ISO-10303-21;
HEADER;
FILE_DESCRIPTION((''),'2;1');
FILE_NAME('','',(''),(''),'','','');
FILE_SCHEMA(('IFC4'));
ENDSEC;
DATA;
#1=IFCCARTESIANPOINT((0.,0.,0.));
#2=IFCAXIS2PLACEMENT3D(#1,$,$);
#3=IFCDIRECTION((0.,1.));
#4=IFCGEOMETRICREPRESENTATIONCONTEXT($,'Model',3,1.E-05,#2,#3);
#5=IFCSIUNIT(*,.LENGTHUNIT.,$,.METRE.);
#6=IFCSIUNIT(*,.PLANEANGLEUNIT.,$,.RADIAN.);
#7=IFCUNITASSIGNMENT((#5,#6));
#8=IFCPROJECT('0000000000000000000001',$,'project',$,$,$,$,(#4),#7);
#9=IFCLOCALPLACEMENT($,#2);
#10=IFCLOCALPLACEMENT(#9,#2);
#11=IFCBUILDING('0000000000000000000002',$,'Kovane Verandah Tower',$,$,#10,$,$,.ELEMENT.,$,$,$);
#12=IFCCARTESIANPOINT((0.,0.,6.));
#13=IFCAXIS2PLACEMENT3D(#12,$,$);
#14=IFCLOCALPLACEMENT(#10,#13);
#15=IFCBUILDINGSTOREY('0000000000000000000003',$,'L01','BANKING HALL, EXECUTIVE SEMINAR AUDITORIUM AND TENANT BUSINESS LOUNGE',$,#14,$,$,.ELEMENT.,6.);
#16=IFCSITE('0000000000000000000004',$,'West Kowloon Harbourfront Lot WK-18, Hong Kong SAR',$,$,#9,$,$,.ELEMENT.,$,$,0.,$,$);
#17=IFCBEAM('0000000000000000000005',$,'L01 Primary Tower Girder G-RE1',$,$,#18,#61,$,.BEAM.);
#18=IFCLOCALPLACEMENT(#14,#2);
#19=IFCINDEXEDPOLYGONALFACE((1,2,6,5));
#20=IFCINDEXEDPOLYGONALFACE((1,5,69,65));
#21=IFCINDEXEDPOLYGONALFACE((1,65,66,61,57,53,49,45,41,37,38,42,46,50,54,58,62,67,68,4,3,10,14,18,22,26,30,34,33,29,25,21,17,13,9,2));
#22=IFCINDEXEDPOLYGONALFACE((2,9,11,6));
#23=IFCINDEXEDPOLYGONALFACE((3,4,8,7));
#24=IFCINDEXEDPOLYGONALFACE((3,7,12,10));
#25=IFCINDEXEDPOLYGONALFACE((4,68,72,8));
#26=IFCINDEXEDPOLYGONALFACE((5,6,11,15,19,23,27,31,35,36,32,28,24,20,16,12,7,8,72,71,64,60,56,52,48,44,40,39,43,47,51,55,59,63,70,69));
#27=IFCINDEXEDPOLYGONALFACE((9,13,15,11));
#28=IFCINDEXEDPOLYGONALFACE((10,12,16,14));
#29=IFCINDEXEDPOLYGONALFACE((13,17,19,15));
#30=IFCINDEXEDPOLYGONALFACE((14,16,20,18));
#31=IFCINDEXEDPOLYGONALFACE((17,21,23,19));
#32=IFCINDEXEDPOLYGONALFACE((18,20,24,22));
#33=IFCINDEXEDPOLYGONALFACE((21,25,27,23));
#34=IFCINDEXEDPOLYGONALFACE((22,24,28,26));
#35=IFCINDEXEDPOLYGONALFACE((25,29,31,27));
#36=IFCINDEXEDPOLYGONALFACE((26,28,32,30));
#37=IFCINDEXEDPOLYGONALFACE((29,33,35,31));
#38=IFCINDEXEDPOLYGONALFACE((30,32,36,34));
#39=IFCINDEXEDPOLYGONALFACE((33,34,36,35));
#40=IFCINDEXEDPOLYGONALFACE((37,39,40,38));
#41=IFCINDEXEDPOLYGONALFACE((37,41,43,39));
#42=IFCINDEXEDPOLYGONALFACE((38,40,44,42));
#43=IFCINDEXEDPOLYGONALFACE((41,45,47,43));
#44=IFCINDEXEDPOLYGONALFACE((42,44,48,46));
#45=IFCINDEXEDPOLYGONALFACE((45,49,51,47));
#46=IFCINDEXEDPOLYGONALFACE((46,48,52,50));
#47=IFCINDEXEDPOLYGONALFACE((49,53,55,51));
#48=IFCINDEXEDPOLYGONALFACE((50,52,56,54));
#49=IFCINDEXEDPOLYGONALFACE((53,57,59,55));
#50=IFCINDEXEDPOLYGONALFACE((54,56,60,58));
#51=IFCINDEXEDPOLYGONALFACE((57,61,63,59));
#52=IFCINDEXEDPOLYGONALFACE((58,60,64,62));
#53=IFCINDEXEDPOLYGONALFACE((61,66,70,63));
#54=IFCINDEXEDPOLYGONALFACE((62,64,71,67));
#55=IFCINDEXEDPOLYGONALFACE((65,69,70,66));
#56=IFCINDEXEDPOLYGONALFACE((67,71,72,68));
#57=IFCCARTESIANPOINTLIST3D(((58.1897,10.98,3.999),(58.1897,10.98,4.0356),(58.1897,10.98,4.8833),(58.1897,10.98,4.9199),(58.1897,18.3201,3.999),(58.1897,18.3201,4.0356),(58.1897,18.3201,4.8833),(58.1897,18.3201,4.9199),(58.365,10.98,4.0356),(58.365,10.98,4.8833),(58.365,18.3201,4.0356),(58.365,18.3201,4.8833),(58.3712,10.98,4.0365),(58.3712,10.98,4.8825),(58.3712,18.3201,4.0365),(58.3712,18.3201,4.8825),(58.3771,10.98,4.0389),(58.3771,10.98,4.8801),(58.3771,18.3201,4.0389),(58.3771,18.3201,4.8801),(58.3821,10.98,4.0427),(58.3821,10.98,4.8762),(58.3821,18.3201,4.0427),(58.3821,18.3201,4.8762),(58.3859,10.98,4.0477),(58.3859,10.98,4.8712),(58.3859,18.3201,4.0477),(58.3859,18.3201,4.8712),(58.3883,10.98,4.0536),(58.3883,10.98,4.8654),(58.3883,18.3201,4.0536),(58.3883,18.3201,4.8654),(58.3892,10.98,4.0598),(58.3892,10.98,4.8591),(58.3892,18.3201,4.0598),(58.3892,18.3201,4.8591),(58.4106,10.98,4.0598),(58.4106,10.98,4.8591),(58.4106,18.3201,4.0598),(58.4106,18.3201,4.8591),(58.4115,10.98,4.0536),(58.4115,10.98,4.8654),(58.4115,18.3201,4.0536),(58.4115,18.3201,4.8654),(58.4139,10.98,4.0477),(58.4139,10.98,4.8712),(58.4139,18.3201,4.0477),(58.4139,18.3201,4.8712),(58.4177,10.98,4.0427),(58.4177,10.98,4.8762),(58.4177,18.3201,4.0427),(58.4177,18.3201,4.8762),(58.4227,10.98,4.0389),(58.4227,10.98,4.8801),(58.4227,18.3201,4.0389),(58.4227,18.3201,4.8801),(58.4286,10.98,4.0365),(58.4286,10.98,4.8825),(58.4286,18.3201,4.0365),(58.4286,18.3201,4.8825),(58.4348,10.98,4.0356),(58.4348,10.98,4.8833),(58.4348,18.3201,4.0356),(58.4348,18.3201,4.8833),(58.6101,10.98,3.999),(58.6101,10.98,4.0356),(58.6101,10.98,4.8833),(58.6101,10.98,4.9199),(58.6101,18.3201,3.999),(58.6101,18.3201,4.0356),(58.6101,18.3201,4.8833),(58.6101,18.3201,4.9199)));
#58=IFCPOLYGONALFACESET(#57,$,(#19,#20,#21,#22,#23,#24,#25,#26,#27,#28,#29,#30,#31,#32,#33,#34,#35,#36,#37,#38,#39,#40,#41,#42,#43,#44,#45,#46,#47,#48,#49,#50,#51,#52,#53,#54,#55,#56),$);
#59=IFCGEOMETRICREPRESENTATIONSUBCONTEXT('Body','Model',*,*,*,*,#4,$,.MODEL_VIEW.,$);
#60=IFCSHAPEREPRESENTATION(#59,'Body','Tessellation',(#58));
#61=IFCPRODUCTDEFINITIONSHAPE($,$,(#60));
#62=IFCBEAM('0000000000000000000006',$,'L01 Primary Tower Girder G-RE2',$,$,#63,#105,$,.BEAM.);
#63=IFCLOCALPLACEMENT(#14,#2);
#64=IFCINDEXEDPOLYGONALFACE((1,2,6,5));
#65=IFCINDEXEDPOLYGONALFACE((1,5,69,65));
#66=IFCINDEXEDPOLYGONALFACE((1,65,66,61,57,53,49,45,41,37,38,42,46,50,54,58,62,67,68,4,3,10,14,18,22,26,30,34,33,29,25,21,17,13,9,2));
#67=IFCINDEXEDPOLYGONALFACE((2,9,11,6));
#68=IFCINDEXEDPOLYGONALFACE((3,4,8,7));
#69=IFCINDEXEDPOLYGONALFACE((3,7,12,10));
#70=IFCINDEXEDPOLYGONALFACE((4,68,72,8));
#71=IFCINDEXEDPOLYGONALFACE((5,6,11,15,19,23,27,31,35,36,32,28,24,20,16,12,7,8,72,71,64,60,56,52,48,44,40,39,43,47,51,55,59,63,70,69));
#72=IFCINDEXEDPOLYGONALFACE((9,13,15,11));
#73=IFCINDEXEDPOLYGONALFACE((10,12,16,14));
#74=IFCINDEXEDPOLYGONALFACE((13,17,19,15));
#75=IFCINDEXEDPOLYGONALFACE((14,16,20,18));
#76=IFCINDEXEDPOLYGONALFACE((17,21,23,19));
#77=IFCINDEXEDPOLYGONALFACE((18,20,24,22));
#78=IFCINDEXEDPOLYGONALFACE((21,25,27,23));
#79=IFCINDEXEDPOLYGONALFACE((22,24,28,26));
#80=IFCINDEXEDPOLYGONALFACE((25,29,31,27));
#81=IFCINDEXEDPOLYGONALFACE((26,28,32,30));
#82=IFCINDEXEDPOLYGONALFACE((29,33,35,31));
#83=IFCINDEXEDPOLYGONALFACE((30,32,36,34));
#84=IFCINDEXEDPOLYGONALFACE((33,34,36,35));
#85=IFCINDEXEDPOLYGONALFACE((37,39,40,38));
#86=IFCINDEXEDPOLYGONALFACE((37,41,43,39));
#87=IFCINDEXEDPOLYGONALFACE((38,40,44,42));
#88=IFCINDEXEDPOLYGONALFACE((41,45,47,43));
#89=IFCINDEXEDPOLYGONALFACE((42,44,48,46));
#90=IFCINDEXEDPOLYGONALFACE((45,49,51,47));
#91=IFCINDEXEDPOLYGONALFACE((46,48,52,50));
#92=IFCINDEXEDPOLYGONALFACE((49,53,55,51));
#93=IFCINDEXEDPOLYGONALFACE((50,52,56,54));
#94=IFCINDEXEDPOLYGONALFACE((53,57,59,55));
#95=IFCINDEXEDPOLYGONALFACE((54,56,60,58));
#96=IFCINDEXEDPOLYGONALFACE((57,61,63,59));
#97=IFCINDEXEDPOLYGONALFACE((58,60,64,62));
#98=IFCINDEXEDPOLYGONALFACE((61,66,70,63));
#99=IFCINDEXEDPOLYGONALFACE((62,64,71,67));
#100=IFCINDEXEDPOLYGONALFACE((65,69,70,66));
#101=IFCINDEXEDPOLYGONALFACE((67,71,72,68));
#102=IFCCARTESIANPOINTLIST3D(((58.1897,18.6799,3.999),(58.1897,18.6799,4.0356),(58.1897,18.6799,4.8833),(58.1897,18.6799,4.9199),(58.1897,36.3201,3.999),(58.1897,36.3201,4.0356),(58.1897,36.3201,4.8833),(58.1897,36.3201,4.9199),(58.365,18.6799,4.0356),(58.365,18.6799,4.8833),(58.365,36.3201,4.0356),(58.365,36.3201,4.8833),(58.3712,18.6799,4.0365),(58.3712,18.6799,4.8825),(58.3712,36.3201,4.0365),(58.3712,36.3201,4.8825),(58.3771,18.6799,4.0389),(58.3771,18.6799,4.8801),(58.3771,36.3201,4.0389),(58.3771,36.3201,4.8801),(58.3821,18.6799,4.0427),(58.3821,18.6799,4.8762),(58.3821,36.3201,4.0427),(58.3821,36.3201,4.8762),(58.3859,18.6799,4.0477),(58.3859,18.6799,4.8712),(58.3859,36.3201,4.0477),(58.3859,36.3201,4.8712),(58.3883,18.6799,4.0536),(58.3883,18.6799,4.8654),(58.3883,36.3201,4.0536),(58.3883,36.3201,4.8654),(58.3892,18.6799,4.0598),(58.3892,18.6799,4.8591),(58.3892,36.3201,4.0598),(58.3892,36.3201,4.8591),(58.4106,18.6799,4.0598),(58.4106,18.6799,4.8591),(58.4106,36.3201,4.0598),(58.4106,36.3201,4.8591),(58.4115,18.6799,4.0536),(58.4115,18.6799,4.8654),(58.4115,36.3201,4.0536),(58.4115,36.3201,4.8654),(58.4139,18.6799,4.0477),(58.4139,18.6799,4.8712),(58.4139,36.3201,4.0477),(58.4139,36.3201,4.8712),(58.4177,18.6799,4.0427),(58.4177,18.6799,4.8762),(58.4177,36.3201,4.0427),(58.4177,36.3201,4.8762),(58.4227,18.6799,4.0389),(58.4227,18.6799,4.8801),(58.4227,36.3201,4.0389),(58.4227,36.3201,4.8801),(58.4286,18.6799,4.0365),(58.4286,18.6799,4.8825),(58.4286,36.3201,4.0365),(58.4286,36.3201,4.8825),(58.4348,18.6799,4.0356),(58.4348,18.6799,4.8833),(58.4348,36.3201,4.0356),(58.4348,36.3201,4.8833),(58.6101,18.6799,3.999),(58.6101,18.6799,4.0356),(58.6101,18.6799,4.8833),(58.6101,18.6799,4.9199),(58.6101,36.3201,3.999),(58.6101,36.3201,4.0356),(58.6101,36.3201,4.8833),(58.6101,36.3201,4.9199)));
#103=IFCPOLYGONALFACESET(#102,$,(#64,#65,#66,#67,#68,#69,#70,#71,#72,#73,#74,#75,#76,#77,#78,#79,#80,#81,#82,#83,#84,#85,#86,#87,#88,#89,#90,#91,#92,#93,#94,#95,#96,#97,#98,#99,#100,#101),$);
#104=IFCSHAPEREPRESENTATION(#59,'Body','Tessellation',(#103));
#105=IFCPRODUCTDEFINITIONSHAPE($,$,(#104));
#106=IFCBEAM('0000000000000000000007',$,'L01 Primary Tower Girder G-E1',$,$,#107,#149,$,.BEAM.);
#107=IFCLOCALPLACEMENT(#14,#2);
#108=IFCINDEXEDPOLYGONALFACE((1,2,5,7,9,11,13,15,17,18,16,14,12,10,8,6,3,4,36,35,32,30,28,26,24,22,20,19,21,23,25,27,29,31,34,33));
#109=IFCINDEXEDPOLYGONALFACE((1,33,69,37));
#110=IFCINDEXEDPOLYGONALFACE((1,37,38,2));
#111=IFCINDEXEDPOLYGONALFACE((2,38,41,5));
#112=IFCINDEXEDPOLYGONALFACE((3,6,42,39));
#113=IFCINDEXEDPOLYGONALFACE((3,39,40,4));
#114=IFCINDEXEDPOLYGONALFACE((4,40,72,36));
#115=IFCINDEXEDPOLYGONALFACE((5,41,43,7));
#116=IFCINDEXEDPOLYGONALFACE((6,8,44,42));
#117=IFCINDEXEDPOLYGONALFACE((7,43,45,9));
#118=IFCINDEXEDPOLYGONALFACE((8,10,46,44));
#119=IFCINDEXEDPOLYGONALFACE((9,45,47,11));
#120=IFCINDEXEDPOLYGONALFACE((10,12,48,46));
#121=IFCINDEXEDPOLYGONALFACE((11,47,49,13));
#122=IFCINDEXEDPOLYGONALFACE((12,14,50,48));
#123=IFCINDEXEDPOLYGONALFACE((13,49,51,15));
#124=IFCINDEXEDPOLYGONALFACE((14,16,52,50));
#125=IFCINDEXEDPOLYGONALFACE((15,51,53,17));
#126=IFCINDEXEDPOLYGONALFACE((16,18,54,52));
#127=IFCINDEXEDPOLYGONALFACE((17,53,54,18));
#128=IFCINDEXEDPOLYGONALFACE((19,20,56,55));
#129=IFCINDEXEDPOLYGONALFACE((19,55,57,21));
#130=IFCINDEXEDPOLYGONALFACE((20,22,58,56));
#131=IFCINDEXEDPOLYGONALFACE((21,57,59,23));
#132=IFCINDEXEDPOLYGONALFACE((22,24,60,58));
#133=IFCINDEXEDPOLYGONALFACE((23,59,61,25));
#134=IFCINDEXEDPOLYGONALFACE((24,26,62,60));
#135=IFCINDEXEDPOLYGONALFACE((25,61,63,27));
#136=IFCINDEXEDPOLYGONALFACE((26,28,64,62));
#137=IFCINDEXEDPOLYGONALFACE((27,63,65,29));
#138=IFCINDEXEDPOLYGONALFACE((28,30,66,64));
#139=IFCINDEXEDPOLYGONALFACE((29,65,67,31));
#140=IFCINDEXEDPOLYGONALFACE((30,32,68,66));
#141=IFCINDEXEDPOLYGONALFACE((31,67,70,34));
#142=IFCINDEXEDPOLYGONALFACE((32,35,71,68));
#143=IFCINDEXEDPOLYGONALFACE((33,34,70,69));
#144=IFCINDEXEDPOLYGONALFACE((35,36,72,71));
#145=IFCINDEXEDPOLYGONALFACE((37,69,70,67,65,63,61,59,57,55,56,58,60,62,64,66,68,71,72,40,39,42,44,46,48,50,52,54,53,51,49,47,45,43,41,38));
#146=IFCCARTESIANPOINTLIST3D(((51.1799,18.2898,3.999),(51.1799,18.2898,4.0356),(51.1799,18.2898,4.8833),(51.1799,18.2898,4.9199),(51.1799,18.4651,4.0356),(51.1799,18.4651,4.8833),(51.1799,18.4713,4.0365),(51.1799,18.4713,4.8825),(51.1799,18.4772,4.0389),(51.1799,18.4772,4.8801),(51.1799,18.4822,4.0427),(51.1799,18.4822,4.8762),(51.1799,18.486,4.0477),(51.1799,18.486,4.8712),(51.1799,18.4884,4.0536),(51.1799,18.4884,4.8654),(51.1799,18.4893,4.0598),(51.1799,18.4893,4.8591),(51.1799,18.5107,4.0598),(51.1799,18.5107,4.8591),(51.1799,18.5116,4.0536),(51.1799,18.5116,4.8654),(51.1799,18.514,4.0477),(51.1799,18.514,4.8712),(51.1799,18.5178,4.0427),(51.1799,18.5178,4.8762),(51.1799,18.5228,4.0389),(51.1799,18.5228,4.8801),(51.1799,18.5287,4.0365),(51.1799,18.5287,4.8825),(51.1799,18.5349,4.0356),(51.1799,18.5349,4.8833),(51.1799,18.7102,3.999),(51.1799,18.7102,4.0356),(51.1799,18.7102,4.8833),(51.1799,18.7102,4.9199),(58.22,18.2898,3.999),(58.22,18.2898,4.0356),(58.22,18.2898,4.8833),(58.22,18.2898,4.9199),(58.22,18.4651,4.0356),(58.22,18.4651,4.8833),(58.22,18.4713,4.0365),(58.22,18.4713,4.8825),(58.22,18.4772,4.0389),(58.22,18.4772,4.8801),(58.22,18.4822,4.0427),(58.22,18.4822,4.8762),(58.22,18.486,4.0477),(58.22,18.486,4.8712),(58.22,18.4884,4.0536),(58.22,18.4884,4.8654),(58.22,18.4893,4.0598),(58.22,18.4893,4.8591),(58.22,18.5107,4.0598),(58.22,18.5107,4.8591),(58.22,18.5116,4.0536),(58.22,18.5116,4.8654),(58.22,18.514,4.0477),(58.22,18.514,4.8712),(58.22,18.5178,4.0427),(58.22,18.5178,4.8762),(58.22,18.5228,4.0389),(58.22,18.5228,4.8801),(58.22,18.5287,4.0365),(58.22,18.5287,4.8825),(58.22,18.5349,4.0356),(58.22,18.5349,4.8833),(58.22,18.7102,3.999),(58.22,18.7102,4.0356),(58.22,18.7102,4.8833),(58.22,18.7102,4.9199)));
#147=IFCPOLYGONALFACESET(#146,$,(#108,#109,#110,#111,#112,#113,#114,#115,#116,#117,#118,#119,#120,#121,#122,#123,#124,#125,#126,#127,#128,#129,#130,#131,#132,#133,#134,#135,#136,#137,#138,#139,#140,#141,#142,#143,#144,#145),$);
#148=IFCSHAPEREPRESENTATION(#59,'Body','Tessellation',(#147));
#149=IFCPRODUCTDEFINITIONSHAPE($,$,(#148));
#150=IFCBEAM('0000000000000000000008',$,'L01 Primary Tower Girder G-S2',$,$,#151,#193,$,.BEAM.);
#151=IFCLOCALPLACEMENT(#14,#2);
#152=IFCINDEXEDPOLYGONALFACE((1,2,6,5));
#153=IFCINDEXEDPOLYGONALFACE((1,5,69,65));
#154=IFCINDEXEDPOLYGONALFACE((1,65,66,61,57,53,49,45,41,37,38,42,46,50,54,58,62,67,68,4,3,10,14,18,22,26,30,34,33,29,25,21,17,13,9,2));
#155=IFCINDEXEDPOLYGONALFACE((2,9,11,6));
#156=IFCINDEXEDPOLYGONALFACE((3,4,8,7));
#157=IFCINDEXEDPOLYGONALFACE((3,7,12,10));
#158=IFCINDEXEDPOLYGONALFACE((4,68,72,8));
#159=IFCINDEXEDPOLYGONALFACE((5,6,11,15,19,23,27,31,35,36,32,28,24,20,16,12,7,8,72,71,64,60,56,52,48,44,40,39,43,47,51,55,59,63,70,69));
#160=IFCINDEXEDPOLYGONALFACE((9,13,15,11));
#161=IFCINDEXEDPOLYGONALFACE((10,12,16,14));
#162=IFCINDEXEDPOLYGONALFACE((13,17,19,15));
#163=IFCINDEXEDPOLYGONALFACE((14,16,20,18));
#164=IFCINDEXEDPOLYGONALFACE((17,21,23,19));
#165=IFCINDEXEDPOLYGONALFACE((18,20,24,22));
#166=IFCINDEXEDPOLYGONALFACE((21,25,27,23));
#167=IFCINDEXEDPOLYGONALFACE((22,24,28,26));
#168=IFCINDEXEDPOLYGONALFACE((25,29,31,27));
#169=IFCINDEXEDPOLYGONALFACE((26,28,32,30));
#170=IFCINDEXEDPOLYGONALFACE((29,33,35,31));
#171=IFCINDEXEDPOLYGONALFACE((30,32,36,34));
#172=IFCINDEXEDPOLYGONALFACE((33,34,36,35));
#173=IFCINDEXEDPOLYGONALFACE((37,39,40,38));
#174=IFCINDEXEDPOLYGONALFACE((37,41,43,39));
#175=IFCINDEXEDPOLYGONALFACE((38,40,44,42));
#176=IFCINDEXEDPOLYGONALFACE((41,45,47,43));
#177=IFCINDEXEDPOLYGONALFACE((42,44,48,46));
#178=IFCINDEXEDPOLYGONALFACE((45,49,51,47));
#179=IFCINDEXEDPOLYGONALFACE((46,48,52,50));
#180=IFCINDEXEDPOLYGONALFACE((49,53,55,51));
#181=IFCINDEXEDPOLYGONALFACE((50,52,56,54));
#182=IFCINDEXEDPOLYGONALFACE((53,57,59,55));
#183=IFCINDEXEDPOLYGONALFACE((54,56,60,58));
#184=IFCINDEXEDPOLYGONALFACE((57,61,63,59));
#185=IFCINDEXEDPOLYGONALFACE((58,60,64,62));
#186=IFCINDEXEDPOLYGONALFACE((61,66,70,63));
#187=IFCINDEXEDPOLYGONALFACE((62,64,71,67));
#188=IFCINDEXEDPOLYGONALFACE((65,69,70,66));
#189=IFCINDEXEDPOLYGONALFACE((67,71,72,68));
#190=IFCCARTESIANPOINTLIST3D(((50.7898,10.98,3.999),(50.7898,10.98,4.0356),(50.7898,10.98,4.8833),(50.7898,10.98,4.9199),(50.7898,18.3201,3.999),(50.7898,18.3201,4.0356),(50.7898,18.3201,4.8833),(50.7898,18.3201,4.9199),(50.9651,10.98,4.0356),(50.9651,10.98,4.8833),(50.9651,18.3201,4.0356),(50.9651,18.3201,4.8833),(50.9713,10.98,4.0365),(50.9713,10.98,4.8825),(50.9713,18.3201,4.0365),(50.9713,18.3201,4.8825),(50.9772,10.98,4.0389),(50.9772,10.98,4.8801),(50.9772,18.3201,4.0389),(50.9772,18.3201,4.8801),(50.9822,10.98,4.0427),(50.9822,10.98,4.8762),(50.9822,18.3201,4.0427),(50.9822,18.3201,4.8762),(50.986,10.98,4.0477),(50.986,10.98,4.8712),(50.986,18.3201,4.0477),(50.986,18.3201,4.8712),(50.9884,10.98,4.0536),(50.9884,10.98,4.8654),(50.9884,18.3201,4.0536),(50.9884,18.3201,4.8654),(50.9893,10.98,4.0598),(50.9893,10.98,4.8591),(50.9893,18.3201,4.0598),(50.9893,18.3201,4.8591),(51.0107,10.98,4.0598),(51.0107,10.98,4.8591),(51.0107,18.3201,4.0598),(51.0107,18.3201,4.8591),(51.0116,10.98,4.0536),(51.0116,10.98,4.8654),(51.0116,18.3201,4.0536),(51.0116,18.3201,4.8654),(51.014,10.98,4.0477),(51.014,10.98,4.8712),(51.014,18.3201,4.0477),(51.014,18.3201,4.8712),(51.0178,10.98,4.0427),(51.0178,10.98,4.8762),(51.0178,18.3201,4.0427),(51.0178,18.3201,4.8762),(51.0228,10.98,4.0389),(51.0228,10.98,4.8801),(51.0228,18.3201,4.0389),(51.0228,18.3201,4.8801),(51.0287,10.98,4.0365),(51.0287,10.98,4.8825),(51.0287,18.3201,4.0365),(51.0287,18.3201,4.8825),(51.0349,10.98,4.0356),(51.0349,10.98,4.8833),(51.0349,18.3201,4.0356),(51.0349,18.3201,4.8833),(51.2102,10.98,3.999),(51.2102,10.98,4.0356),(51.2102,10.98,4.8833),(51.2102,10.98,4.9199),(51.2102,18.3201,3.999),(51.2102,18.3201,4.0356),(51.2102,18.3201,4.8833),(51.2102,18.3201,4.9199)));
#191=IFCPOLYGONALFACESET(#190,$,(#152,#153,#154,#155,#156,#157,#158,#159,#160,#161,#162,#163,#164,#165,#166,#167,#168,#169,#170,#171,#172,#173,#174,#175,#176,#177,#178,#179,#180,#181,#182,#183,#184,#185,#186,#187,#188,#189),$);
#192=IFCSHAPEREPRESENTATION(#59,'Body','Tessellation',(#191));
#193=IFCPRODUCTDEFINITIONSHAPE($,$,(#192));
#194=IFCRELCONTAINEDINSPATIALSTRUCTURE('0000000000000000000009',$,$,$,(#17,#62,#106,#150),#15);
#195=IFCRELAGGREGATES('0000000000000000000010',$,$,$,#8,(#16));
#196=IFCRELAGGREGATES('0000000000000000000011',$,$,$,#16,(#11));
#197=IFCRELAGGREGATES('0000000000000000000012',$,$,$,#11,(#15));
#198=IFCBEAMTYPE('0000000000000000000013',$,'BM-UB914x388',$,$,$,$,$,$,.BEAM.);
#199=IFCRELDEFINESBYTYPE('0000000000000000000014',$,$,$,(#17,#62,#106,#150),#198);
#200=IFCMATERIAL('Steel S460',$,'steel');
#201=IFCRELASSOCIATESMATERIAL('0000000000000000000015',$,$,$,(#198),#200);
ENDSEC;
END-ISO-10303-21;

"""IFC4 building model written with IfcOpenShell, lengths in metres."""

from ifc_helpers import new_model, si_unit, direction, frame, origin, origin_2d, place, context, subcontext, project, spatial, i_section, extrude, material, material_profile, profile_set, type_object, element, save


model = new_model("IFC4")

# Units and contexts
model_context = context("Model", 3, precision=1e-05, world=origin(), true_north=direction((0.0, 1.0)))
body_context = subcontext(model_context, "Body", "Model", "MODEL_VIEW")
ifc_project = project(units=[si_unit("LENGTHUNIT", "METRE"), si_unit("PLANEANGLEUNIT", "RADIAN")], contexts=[model_context])

# Site, building, storey
site_placement = place(None, origin())
site = spatial("IfcSite", under=ifc_project, at=site_placement, Name="West Kowloon Harbourfront Lot WK-18, Hong Kong SAR", CompositionType="ELEMENT", RefElevation=0.0)
building_placement = place(site_placement, origin())
building = spatial("IfcBuilding", under=site, at=building_placement, Name="Kovane Verandah Tower", CompositionType="ELEMENT")
storey_placement = place(building_placement, frame((0.0, 0.0, 6.0)))
storey = spatial("IfcBuildingStorey", under=building, at=storey_placement, Name="L01", Description="BANKING HALL, EXECUTIVE SEMINAR AUDITORIUM AND TENANT BUSINESS LOUNGE", CompositionType="ELEMENT", Elevation=6.0)

# Shared definitions
ifc_material_1 = material(Name="Steel S460", Category="steel")

# Beams
ifc_material_profile_1 = material_profile(ifc_material_1, i_section(OverallWidth=0.4204, OverallDepth=0.9209, WebThickness=0.0215, FlangeThickness=0.0366, FilletRadius=0.0242, at=origin_2d()), Name="UB914x419x388")
ifc_profile_set_1 = profile_set([ifc_material_profile_1], Name="Steel S460")
beam_type_1 = type_object("IfcBeamType", Name="BM-UB914x388", PredefinedType="BEAM", material=ifc_profile_set_1)
beam_1_placement = place(storey_placement, frame((58.3999, 10.98, 4.4595), z_axis=(0.0, 1.0, 0.0), x_axis=(-1.0, 0.0, 0.0)))
element("IfcBeam", 1, at=beam_1_placement, inside=storey, type_object=beam_type_1, Name="L01 Primary Tower Girder G-RE1", PredefinedType="BEAM", context=body_context, shape_type="SweptSolid", body=[
    extrude(i_section(OverallWidth=0.4204, OverallDepth=0.9209, WebThickness=0.0215, FlangeThickness=0.0366, FilletRadius=0.0242, at=origin_2d()), origin(), (0.0, 0.0, 1.0), 7.3401),
])
beam_2_placement = place(storey_placement, frame((58.3999, 18.6799, 4.4595), z_axis=(0.0, 1.0, 0.0), x_axis=(-1.0, 0.0, 0.0)))
element("IfcBeam", 2, at=beam_2_placement, inside=storey, type_object=beam_type_1, Name="L01 Primary Tower Girder G-RE2", PredefinedType="BEAM", context=body_context, shape_type="SweptSolid", body=[
    extrude(i_section(OverallWidth=0.4204, OverallDepth=0.9209, WebThickness=0.0215, FlangeThickness=0.0366, FilletRadius=0.0242, at=origin_2d()), origin(), (0.0, 0.0, 1.0), 17.6401),
])
beam_3_placement = place(storey_placement, frame((51.1799, 18.5, 4.4595), z_axis=(1.0, 0.0, 0.0), x_axis=(0.0, 1.0, 0.0)))
element("IfcBeam", 3, at=beam_3_placement, inside=storey, type_object=beam_type_1, Name="L01 Primary Tower Girder G-E1", PredefinedType="BEAM", context=body_context, shape_type="SweptSolid", body=[
    extrude(i_section(OverallWidth=0.4204, OverallDepth=0.9209, WebThickness=0.0215, FlangeThickness=0.0366, FilletRadius=0.0242, at=origin_2d()), origin(), (0.0, 0.0, 1.0), 7.04),
])
beam_4_placement = place(storey_placement, frame((51.0, 18.3201, 4.4595), z_axis=(0.0, -1.0, 0.0), x_axis=(1.0, 0.0, 0.0)))
element("IfcBeam", 4, at=beam_4_placement, inside=storey, type_object=beam_type_1, Name="L01 Primary Tower Girder G-S2", PredefinedType="BEAM", context=body_context, shape_type="SweptSolid", body=[
    extrude(i_section(OverallWidth=0.4204, OverallDepth=0.9209, WebThickness=0.0215, FlangeThickness=0.0366, FilletRadius=0.0242, at=origin_2d()), origin(), (0.0, 0.0, 1.0), 7.3401),
])

save(model, "model.ifc")
